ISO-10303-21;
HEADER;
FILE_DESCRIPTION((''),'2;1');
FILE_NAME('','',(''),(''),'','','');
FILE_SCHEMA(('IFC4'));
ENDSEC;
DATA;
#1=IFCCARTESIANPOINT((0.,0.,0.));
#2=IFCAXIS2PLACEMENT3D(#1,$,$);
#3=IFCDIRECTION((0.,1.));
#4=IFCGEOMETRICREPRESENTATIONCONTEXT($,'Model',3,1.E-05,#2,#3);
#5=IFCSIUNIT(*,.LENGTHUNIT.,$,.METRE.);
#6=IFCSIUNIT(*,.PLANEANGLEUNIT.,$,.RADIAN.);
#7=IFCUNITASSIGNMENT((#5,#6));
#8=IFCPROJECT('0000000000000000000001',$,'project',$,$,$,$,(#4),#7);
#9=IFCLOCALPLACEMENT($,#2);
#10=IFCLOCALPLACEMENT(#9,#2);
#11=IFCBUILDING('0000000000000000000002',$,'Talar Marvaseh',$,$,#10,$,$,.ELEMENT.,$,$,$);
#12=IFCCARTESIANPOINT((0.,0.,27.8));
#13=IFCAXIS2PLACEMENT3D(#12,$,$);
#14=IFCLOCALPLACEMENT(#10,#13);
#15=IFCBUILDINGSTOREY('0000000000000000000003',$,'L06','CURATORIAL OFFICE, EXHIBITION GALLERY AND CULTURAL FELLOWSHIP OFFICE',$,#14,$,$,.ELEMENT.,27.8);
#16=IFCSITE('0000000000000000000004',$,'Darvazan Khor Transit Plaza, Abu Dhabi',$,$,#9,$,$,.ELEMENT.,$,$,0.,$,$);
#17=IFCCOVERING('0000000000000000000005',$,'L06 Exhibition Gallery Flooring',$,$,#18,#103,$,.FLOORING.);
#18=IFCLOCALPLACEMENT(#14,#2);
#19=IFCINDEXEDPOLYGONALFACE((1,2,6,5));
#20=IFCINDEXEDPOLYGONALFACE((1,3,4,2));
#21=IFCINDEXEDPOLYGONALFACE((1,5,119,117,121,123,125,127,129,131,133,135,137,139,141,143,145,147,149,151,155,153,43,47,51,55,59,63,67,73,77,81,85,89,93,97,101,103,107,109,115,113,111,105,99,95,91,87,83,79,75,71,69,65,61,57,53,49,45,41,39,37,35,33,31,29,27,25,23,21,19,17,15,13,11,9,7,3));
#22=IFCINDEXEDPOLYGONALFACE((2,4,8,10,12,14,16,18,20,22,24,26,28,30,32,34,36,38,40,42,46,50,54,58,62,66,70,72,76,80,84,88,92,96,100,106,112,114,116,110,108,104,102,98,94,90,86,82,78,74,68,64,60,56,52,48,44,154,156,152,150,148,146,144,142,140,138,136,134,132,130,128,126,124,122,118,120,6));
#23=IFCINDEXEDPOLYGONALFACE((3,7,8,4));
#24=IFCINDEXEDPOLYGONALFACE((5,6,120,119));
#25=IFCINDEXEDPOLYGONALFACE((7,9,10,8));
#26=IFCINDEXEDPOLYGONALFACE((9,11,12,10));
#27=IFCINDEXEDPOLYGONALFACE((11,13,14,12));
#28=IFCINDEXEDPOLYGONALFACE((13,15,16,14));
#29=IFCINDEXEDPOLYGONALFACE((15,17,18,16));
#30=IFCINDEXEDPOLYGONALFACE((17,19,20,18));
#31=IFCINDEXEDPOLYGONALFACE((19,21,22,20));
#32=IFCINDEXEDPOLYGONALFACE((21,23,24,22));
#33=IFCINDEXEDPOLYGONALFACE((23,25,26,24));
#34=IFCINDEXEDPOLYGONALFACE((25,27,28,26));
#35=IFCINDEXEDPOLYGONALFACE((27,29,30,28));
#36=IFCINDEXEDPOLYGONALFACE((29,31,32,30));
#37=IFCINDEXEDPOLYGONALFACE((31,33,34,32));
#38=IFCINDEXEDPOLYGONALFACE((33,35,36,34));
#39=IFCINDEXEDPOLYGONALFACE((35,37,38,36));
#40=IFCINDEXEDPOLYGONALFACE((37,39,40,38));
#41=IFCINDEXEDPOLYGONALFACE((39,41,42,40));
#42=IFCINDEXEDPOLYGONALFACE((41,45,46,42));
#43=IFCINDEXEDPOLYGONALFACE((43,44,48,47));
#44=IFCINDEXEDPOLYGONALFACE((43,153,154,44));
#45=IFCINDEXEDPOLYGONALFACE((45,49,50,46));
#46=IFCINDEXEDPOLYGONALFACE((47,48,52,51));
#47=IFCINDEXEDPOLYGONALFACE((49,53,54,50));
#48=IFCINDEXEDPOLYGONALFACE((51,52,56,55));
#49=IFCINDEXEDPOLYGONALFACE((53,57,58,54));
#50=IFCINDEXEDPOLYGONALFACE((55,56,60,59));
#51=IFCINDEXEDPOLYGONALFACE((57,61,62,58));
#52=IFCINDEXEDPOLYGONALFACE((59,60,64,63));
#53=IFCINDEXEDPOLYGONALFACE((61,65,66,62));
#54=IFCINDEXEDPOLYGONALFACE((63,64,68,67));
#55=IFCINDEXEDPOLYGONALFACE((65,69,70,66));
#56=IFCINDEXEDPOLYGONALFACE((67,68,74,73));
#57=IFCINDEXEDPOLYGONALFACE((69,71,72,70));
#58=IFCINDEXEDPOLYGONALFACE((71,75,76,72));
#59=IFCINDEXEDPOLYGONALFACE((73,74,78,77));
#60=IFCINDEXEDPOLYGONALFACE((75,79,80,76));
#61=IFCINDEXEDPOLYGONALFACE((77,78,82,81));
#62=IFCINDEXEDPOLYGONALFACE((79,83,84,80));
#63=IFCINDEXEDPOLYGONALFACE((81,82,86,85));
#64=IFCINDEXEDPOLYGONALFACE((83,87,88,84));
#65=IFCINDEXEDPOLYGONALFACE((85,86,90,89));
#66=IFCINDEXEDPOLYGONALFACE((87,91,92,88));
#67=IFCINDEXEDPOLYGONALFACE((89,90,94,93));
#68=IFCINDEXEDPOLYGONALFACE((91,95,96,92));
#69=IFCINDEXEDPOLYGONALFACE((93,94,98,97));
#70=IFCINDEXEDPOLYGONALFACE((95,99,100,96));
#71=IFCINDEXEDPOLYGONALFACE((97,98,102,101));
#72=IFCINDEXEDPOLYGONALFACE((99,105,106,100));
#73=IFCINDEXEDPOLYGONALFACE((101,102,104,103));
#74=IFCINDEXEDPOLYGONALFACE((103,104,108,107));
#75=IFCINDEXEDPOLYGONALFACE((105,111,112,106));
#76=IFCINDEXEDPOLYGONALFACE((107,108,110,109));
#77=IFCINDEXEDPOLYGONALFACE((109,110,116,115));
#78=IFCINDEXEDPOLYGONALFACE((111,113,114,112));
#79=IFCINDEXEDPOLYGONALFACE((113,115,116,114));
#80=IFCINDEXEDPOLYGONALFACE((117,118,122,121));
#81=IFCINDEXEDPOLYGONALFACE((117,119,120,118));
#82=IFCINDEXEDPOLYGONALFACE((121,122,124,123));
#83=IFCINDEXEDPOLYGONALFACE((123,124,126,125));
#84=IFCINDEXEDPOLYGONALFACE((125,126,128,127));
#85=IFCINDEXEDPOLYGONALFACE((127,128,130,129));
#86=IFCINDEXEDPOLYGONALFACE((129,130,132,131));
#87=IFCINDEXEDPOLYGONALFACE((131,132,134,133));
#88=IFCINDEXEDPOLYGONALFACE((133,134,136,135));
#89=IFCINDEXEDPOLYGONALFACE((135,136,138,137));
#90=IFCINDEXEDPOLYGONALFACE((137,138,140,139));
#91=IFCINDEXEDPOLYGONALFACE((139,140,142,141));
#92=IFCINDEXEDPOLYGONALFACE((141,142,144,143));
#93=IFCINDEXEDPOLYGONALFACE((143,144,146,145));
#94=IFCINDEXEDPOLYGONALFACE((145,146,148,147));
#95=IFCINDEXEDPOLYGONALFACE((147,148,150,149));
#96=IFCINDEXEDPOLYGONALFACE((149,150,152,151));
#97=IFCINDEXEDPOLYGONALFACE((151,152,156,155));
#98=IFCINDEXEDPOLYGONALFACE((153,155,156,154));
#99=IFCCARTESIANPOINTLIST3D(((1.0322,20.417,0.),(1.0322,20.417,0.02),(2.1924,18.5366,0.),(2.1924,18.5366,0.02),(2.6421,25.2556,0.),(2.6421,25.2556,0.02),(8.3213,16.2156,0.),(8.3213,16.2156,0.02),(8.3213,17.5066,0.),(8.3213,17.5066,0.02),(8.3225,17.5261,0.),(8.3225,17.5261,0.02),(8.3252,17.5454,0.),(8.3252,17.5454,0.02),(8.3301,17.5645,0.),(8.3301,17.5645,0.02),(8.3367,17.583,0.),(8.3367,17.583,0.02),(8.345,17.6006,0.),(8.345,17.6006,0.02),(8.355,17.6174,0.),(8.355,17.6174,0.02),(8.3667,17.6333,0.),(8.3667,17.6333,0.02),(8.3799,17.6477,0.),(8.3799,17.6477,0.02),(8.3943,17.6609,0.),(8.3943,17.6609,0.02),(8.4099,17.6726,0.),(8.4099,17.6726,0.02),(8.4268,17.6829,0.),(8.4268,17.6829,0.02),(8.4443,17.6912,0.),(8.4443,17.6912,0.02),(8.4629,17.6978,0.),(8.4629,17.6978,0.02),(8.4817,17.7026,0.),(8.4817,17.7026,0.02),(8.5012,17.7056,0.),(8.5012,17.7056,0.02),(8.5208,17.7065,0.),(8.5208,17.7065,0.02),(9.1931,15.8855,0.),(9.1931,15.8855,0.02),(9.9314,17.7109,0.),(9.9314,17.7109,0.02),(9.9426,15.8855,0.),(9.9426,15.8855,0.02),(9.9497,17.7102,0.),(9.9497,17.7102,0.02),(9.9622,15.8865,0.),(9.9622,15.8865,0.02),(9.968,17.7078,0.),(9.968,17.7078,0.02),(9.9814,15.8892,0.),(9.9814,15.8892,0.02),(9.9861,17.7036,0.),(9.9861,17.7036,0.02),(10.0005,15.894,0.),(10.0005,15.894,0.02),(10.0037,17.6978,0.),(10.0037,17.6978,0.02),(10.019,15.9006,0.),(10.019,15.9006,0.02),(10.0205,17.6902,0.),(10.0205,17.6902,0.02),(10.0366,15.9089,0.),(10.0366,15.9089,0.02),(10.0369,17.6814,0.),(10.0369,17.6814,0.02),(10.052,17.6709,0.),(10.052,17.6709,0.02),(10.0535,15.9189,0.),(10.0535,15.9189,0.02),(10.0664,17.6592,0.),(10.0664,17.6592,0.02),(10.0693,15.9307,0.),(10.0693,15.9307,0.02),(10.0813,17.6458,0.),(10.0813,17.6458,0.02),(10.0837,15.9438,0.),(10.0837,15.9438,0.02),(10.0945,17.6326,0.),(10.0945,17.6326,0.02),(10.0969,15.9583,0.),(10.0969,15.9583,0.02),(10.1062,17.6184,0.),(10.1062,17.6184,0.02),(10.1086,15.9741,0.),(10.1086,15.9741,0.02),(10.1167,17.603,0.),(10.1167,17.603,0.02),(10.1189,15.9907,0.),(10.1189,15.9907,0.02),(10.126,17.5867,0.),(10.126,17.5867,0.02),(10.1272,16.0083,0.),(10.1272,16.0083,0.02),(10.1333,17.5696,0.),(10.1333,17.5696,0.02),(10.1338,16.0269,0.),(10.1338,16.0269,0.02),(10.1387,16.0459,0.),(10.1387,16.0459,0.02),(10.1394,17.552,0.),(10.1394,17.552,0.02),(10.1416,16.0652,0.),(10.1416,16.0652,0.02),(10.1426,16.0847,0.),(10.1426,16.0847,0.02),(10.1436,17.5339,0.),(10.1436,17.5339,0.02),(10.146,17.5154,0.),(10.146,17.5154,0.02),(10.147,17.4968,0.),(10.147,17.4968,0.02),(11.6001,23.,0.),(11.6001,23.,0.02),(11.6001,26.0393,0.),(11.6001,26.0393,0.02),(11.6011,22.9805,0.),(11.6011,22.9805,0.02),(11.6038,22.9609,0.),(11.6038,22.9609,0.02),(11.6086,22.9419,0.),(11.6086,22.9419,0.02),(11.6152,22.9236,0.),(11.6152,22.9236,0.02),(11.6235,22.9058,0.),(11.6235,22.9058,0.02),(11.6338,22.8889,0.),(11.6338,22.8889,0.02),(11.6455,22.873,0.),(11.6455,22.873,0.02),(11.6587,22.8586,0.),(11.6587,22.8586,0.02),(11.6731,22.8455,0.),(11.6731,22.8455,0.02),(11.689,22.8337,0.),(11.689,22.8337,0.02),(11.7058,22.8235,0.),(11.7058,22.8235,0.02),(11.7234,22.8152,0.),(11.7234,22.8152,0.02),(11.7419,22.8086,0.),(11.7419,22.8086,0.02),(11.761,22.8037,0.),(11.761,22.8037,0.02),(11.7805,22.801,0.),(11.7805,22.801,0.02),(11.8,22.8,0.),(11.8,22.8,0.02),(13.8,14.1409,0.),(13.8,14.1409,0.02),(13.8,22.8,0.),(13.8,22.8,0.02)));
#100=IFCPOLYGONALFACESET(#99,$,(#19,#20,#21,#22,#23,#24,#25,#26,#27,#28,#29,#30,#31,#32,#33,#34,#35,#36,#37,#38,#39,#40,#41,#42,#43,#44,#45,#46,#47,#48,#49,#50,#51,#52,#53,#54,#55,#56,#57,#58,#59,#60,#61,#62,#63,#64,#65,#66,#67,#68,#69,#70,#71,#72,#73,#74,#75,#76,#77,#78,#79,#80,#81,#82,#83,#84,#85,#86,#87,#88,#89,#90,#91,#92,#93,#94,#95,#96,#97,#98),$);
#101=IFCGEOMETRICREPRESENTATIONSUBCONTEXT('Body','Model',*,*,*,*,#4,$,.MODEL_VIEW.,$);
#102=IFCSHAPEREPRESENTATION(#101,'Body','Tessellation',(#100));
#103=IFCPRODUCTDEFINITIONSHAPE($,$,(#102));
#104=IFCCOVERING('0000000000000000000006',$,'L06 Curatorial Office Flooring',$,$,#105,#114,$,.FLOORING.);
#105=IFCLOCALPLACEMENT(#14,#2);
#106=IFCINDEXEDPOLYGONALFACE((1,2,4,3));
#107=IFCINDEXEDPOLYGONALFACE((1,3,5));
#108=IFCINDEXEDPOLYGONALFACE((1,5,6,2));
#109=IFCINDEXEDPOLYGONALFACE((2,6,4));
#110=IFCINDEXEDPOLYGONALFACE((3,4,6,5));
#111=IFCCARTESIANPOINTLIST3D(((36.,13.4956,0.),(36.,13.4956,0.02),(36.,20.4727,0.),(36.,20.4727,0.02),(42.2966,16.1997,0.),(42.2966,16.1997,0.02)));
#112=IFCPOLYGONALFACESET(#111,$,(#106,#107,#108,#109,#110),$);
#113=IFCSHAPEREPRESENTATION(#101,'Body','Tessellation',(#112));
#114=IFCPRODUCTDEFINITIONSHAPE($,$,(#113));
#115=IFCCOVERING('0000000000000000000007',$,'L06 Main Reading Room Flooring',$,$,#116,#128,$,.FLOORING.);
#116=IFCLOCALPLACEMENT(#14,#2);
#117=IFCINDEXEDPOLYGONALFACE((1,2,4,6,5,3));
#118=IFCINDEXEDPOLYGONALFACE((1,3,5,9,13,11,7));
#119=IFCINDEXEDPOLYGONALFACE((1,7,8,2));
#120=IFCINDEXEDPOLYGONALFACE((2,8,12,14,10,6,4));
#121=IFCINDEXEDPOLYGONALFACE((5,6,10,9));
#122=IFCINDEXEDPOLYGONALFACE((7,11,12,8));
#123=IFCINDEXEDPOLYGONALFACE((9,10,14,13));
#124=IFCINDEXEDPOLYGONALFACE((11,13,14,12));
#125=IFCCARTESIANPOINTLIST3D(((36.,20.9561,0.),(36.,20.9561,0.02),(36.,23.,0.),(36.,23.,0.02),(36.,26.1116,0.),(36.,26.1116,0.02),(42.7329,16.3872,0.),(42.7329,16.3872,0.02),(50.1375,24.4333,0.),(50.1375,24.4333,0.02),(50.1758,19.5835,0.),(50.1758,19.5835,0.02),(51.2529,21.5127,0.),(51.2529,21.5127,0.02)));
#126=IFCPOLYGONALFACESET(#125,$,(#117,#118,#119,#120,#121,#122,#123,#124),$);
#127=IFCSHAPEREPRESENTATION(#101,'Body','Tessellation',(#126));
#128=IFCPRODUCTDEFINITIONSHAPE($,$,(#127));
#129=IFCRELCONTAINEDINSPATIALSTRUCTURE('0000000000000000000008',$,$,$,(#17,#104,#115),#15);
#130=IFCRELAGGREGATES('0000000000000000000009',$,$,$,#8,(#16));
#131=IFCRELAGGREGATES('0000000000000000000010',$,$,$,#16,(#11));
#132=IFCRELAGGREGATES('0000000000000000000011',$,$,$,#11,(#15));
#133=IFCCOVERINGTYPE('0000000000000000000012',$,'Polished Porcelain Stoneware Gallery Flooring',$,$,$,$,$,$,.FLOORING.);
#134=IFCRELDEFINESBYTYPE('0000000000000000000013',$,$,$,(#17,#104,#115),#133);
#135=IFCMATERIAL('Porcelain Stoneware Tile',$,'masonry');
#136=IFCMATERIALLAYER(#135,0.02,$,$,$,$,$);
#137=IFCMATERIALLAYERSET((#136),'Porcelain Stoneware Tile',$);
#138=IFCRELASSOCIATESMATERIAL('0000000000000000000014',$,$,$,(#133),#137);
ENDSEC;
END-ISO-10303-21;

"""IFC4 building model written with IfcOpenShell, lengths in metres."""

from ifc_helpers import new_model, si_unit, direction, frame, origin, place, context, subcontext, project, spatial, polyline, outline, extrude, material, layer, layer_set, type_object, element, save


model = new_model("IFC4")

# Units and contexts
model_context = context("Model", 3, precision=1e-05, world=origin(), true_north=direction((0.0, 1.0)))
body_context = subcontext(model_context, "Body", "Model", "MODEL_VIEW")
ifc_project = project(units=[si_unit("LENGTHUNIT", "METRE"), si_unit("PLANEANGLEUNIT", "RADIAN")], contexts=[model_context])

# Site, building, storey
site_placement = place(None, origin())
site = spatial("IfcSite", under=ifc_project, at=site_placement, Name="Darvazan Khor Transit Plaza, Abu Dhabi", CompositionType="ELEMENT", RefElevation=0.0)
building_placement = place(site_placement, origin())
building = spatial("IfcBuilding", under=site, at=building_placement, Name="Talar Marvaseh", CompositionType="ELEMENT")
storey_placement = place(building_placement, frame((0.0, 0.0, 27.8)))
storey = spatial("IfcBuildingStorey", under=building, at=storey_placement, Name="L06", Description="CURATORIAL OFFICE, EXHIBITION GALLERY AND CULTURAL FELLOWSHIP OFFICE", CompositionType="ELEMENT", Elevation=27.8)

# Coverings
ifc_material_1 = material(Name="Porcelain Stoneware Tile", Category="masonry")
ifc_layer_1 = layer(ifc_material_1, 0.02)
ifc_layer_set_1 = layer_set([ifc_layer_1], Name="Porcelain Stoneware Tile")
covering_type_1 = type_object("IfcCoveringType", Name="Polished Porcelain Stoneware Gallery Flooring", PredefinedType="FLOORING", material=ifc_layer_set_1)
covering_1_placement = place(storey_placement, origin())
element("IfcCovering", 1, at=covering_1_placement, inside=storey, type_object=covering_type_1, Name="L06 Exhibition Gallery Flooring", PredefinedType="FLOORING", context=body_context, shape_type="SweptSolid", body=[
    extrude(outline(polyline([(1.0322, 20.417), (2.6421, 25.2556), (11.6001, 26.0393), (11.6001, 23.0), (11.6011, 22.9805), (11.6038, 22.9609), (11.6086, 22.9419), (11.6152, 22.9236), (11.6235, 22.9058), (11.6338, 22.8889), (11.6455, 22.873), (11.6587, 22.8586), (11.6731, 22.8455), (11.689, 22.8337), (11.7058, 22.8235), (11.7234, 22.8152), (11.7419, 22.8086), (11.761, 22.8037), (11.7805, 22.801), (11.8, 22.8), (13.8, 22.8), (13.8, 14.1409), (9.1931, 15.8855), (9.9426, 15.8855), (9.9622, 15.8865), (9.9814, 15.8892), (10.0005, 15.894), (10.019, 15.9006), (10.0366, 15.9089), (10.0535, 15.9189), (10.0693, 15.9307), (10.0837, 15.9438), (10.0969, 15.9583), (10.1086, 15.9741), (10.1189, 15.9907), (10.1272, 16.0083), (10.1338, 16.0269), (10.1387, 16.0459), (10.1416, 16.0652), (10.1426, 16.0847), (10.147, 17.4968), (10.146, 17.5154), (10.1436, 17.5339), (10.1394, 17.552), (10.1333, 17.5696), (10.126, 17.5867), (10.1167, 17.603), (10.1062, 17.6184), (10.0945, 17.6326), (10.0813, 17.6458), (10.0664, 17.6592), (10.052, 17.6709), (10.0369, 17.6814), (10.0205, 17.6902), (10.0037, 17.6978), (9.9861, 17.7036), (9.968, 17.7078), (9.9497, 17.7102), (9.9314, 17.7109), (8.5208, 17.7065), (8.5012, 17.7056), (8.4817, 17.7026), (8.4629, 17.6978), (8.4443, 17.6912), (8.4268, 17.6829), (8.4099, 17.6726), (8.3943, 17.6609), (8.3799, 17.6477), (8.3667, 17.6333), (8.355, 17.6174), (8.345, 17.6006), (8.3367, 17.583), (8.3301, 17.5645), (8.3252, 17.5454), (8.3225, 17.5261), (8.3213, 17.5066), (8.3213, 16.2156), (2.1924, 18.5366), (1.0322, 20.417)])), origin(), (0.0, 0.0, 1.0), 0.02),
])
covering_2_placement = place(storey_placement, origin())
element("IfcCovering", 2, at=covering_2_placement, inside=storey, type_object=covering_type_1, Name="L06 Curatorial Office Flooring", PredefinedType="FLOORING", context=body_context, shape_type="SweptSolid", body=[
    extrude(outline(polyline([(36.0, 13.4956), (36.0, 20.4727), (42.2966, 16.1997), (36.0, 13.4956)])), origin(), (0.0, 0.0, 1.0), 0.02),
])
covering_3_placement = place(storey_placement, origin())
element("IfcCovering", 3, at=covering_3_placement, inside=storey, type_object=covering_type_1, Name="L06 Main Reading Room Flooring", PredefinedType="FLOORING", context=body_context, shape_type="SweptSolid", body=[
    extrude(outline(polyline([(36.0, 20.9561), (36.0, 23.0), (36.0, 26.1116), (50.1375, 24.4333), (51.2529, 21.5127), (50.1758, 19.5835), (42.7329, 16.3872), (36.0, 20.9561)])), origin(), (0.0, 0.0, 1.0), 0.02),
])

save(model, "model.ifc")
